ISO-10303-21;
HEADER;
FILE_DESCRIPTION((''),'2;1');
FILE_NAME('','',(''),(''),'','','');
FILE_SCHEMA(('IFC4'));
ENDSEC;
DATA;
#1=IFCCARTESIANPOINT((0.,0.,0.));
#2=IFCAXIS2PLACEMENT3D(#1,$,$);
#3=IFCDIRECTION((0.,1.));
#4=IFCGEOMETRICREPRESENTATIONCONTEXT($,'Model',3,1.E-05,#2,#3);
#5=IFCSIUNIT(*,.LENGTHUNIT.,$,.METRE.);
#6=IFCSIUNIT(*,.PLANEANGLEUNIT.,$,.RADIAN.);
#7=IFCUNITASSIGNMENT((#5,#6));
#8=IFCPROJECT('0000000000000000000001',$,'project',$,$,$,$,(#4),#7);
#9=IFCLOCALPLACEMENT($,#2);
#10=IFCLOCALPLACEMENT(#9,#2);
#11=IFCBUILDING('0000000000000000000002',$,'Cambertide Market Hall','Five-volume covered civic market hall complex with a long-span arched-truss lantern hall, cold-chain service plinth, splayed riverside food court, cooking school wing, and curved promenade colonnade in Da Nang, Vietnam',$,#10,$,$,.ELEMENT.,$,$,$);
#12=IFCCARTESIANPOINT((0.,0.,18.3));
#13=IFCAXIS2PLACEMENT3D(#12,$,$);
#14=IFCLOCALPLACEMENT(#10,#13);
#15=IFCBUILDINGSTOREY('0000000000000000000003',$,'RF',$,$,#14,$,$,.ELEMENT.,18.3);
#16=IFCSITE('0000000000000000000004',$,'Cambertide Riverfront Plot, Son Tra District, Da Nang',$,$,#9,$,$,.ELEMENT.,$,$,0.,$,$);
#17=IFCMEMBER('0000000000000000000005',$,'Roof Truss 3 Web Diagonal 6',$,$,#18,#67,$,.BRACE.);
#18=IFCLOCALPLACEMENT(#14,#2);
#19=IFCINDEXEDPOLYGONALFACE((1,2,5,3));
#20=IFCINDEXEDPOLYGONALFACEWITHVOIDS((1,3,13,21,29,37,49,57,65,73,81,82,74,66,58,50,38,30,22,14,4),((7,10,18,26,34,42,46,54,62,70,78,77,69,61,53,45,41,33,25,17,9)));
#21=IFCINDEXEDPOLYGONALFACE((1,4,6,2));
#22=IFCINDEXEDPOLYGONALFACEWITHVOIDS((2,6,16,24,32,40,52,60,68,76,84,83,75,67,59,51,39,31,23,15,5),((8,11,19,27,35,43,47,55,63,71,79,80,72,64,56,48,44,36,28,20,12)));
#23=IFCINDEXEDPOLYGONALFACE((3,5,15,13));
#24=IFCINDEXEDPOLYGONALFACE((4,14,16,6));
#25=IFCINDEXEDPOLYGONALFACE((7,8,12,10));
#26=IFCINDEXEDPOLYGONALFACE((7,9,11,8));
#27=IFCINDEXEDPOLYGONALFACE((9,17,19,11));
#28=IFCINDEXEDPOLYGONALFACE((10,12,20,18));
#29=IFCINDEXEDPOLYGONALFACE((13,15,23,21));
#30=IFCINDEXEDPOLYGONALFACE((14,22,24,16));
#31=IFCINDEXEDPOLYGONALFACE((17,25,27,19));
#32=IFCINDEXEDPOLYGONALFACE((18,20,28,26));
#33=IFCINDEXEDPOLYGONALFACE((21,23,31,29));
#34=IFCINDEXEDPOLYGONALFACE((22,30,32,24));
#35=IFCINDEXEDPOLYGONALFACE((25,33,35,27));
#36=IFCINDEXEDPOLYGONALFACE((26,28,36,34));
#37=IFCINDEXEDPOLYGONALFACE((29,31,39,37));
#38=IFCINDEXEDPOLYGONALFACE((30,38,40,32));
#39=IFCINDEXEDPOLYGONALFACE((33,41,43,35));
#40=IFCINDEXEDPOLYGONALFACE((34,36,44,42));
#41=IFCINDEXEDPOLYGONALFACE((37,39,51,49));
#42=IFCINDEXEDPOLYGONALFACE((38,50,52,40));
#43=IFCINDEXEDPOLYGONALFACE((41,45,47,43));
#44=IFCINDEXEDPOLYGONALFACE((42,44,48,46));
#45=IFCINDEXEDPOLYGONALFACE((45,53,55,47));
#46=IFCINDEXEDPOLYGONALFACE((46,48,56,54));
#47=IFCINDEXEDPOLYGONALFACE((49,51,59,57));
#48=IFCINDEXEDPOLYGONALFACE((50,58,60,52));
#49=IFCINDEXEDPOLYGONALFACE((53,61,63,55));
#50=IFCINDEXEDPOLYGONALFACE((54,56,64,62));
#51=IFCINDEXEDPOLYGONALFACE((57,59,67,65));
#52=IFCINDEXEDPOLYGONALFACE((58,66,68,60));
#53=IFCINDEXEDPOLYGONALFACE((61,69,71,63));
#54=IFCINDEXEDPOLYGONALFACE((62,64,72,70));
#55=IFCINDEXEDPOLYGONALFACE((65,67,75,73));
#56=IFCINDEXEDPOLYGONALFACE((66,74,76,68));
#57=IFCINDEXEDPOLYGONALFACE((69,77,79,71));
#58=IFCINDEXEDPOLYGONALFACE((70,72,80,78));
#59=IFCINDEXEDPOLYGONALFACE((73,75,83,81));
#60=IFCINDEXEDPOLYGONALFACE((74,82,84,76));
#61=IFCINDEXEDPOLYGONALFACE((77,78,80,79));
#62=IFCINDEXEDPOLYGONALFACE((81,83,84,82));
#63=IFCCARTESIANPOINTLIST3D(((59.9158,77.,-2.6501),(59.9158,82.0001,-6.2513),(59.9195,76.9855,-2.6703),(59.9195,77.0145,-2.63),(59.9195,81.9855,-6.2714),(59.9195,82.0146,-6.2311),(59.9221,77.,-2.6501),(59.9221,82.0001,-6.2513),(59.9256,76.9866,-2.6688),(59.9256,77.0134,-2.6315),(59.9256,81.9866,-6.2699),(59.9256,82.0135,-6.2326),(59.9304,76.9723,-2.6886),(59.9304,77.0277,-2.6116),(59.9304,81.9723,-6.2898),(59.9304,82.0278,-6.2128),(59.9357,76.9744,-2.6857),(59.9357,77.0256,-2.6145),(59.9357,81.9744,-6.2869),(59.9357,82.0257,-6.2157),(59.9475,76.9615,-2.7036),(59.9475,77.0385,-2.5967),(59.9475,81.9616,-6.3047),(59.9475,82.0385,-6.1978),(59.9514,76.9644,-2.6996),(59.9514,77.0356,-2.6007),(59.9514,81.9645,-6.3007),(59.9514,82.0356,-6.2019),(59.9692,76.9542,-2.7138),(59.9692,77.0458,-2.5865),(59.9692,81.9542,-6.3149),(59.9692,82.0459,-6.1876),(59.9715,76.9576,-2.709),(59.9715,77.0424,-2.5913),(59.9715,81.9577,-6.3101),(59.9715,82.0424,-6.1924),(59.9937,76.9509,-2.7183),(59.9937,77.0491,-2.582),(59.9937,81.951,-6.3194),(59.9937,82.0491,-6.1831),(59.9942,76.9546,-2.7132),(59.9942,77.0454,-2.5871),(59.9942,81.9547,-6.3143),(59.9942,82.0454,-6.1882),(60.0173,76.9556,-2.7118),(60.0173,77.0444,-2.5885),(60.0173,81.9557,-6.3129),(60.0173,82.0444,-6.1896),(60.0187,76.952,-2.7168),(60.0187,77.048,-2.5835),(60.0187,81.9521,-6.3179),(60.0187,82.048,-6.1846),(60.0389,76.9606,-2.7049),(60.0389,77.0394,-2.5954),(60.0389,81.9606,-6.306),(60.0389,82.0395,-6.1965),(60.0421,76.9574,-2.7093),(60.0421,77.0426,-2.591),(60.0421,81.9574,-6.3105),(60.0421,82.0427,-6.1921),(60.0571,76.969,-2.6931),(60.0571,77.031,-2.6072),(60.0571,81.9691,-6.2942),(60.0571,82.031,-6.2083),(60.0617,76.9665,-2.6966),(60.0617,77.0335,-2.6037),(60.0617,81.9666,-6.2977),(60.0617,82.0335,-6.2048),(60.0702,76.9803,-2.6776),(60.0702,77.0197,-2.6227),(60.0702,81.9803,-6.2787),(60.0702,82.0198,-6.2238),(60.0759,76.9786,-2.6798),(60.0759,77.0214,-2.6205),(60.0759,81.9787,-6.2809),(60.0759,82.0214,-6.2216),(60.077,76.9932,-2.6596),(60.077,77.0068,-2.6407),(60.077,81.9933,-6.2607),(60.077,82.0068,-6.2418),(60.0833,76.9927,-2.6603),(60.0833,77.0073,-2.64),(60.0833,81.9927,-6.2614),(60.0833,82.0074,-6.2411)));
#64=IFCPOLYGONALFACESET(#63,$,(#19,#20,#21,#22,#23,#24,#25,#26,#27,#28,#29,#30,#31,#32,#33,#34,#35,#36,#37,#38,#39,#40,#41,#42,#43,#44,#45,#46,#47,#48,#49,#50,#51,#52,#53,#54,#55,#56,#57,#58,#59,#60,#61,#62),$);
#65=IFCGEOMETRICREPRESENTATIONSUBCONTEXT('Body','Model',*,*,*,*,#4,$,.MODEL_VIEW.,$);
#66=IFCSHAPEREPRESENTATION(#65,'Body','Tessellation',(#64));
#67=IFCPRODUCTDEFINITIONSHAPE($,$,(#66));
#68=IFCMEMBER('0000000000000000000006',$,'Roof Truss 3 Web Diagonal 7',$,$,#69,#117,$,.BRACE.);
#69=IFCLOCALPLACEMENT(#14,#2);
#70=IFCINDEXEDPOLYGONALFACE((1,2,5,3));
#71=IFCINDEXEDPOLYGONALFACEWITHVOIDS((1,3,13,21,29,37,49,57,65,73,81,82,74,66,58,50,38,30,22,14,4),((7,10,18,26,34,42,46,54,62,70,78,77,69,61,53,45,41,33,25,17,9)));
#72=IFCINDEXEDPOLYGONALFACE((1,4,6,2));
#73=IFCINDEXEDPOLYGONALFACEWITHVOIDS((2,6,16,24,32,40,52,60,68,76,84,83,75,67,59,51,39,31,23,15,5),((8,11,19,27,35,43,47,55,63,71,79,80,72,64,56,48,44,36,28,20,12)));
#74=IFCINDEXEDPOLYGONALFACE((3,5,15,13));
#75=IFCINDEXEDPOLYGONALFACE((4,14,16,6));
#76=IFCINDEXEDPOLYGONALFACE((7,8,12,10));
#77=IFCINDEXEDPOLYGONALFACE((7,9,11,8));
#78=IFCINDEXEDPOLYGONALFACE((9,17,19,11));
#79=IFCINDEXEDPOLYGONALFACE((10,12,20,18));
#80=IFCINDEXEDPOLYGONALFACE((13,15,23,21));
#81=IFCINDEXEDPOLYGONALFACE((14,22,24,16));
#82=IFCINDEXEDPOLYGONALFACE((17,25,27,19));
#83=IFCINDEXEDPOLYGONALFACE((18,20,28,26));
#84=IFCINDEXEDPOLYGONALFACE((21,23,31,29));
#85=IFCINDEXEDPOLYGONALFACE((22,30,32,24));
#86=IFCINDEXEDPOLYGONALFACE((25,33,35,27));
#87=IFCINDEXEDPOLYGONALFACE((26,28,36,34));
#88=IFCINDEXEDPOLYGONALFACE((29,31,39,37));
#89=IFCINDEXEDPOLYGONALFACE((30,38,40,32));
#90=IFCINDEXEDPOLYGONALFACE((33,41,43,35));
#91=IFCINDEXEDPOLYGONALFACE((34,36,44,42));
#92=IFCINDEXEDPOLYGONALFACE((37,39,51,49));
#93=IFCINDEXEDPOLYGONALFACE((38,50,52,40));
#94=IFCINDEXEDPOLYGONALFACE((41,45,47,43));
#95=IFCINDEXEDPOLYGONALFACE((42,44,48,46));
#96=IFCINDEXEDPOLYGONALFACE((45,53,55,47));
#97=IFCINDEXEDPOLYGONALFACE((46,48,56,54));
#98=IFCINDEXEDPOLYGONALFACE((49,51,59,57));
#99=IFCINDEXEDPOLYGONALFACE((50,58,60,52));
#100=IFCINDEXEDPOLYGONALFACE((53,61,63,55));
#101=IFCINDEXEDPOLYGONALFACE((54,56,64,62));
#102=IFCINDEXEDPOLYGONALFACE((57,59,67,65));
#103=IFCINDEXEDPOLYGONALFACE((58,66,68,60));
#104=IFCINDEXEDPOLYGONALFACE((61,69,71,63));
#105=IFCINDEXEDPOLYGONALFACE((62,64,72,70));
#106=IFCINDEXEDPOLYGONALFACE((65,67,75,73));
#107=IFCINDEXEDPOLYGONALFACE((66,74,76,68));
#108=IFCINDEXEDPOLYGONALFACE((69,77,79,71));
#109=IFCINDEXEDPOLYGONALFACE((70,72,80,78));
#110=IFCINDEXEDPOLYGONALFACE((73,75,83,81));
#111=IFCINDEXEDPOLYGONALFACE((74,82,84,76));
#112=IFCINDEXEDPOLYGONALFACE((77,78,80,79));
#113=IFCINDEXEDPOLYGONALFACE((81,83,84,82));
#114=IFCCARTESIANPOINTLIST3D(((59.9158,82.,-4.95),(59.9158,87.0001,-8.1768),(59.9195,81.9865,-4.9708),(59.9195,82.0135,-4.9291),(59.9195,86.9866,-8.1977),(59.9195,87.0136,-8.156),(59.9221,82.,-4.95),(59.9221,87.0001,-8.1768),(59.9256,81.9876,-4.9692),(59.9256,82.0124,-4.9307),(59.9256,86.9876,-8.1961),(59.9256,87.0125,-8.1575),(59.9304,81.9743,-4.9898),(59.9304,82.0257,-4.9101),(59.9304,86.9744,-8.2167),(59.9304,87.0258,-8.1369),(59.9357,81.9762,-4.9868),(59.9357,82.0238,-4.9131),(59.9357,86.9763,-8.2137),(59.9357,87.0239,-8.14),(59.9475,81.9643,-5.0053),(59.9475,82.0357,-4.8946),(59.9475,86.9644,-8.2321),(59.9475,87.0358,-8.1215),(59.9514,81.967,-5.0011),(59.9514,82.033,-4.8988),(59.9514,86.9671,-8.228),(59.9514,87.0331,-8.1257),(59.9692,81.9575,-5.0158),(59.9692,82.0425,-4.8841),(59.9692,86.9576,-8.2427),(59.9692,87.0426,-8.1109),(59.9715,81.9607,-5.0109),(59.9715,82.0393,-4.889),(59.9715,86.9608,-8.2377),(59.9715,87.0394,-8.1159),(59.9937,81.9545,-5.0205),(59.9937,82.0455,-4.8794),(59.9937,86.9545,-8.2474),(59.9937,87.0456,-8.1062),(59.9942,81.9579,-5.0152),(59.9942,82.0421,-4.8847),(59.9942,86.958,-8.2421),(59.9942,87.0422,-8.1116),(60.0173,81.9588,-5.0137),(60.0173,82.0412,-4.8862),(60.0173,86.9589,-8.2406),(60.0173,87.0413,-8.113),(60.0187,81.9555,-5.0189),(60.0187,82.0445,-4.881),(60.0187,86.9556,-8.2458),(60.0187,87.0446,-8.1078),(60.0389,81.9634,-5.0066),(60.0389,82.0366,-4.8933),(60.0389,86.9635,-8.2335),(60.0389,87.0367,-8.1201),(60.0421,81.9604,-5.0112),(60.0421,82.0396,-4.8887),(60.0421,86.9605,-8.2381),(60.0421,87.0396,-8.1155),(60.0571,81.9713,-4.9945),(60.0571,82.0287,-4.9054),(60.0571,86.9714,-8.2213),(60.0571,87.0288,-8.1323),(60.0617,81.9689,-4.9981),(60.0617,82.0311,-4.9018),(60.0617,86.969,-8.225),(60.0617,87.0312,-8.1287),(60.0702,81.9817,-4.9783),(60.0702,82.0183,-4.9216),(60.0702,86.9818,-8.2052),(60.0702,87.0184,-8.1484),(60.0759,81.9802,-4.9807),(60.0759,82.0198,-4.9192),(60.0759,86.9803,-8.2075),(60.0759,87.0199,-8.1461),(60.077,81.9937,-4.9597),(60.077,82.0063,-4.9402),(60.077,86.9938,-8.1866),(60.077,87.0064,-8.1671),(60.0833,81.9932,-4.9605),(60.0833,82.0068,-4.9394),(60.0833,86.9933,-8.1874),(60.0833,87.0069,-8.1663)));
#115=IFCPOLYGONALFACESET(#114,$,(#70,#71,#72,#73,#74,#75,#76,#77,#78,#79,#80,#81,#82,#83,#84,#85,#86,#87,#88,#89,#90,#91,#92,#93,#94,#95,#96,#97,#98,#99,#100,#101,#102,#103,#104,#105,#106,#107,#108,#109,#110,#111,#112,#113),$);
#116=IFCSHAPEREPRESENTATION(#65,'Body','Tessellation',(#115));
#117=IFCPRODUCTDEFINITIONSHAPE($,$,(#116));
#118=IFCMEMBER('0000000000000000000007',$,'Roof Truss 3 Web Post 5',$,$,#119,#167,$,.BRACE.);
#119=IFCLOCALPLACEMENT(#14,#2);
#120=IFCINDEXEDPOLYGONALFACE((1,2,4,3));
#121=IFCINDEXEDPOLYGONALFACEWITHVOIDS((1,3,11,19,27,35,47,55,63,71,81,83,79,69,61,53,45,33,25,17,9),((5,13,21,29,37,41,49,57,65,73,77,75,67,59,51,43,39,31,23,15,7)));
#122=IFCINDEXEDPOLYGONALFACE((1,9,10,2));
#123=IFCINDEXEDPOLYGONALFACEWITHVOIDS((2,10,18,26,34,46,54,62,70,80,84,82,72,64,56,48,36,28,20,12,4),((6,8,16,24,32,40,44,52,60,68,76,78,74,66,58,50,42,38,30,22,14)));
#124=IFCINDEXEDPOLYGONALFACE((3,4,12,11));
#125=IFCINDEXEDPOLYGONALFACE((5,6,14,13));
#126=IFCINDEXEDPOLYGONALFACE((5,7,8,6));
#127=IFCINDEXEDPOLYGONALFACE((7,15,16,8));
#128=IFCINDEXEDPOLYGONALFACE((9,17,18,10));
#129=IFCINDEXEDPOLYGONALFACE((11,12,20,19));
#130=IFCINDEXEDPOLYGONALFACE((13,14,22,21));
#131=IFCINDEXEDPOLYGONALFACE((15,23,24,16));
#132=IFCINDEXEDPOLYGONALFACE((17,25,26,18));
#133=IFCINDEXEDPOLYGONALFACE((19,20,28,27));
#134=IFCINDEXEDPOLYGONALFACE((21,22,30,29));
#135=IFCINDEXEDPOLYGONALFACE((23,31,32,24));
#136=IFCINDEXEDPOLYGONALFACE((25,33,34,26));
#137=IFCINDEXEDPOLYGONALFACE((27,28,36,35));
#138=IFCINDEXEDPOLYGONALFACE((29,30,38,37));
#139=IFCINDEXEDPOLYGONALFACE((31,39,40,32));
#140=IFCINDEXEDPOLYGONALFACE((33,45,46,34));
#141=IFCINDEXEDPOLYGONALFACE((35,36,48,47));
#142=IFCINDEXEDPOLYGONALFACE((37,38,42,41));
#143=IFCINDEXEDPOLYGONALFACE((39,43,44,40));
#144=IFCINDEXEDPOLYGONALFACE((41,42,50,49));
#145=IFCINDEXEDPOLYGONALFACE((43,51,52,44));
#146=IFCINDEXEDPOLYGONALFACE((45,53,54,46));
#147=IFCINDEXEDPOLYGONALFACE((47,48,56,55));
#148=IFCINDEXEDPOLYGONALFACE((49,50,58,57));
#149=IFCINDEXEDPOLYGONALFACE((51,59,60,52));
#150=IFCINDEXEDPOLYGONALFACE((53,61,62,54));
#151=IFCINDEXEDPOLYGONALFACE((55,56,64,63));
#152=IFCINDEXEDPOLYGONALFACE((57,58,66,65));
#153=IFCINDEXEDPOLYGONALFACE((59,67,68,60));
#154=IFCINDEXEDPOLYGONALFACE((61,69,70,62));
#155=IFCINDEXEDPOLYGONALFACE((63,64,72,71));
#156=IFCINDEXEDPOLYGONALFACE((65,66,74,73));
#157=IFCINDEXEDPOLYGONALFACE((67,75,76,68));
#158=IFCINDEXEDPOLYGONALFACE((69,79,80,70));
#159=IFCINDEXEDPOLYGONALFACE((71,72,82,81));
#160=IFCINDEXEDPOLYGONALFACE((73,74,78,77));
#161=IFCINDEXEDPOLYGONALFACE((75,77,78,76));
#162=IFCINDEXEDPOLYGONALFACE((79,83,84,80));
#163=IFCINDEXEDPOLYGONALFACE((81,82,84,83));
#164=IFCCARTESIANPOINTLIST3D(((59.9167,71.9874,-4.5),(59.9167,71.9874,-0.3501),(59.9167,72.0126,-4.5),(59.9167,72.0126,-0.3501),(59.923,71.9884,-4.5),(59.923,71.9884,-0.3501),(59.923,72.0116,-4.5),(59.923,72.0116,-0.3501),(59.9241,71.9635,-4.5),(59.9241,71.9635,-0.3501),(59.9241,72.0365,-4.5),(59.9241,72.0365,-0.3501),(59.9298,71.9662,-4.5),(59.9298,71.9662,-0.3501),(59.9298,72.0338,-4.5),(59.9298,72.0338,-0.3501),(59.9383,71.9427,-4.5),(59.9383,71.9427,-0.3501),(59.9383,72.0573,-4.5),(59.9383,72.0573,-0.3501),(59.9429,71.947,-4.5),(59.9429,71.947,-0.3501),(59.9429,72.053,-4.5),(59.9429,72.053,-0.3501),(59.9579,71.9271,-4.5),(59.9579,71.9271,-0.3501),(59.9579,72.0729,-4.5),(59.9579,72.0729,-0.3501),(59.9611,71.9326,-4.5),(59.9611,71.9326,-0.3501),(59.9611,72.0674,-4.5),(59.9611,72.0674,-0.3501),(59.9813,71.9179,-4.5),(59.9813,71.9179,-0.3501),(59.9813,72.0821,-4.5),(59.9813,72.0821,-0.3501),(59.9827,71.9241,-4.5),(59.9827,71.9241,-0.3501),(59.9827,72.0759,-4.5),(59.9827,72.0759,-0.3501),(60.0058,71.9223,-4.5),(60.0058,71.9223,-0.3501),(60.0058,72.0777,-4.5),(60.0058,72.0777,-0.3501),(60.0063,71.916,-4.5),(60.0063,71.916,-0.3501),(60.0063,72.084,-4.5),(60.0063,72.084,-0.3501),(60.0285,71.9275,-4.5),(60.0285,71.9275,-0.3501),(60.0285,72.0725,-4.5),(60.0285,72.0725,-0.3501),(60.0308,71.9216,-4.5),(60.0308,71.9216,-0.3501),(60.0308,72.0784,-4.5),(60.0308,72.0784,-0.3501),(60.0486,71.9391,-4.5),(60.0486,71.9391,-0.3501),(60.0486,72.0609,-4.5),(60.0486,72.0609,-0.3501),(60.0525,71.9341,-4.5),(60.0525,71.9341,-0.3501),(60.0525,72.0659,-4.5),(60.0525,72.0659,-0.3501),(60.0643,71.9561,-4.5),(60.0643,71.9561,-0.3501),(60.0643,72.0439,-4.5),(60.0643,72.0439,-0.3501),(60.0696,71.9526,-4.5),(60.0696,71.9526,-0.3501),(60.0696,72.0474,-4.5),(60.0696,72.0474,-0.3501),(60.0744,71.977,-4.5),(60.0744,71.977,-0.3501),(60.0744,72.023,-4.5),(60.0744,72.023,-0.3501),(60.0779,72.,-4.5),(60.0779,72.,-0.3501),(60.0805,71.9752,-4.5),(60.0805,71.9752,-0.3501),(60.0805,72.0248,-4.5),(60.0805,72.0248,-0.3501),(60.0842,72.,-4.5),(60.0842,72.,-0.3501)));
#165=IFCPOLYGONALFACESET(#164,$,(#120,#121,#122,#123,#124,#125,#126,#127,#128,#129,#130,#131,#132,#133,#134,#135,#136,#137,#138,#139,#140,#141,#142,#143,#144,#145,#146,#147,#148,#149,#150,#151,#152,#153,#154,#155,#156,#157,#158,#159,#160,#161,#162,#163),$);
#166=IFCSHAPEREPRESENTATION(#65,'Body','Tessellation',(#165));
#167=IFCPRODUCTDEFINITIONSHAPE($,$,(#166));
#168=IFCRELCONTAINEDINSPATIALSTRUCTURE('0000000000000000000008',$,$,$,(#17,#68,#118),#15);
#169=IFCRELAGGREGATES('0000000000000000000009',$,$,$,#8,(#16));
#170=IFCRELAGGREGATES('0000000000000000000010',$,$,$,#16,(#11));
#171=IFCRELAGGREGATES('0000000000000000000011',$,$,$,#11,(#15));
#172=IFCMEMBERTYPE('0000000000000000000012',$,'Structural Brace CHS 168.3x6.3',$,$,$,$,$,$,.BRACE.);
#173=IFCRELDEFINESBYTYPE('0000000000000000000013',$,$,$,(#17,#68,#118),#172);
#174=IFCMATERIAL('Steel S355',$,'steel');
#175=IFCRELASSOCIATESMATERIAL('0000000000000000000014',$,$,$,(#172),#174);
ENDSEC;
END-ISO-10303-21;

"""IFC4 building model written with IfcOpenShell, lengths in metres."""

from ifc_helpers import new_model, si_unit, direction, frame, origin, origin_2d, place, context, subcontext, project, spatial, hollow_circle, extrude, material, material_profile, profile_set, type_object, element, save


model = new_model("IFC4")

# Units and contexts
model_context = context("Model", 3, precision=1e-05, world=origin(), true_north=direction((0.0, 1.0)))
body_context = subcontext(model_context, "Body", "Model", "MODEL_VIEW")
ifc_project = project(units=[si_unit("LENGTHUNIT", "METRE"), si_unit("PLANEANGLEUNIT", "RADIAN")], contexts=[model_context])

# Site, building, storey
site_placement = place(None, origin())
site = spatial("IfcSite", under=ifc_project, at=site_placement, Name="Cambertide Riverfront Plot, Son Tra District, Da Nang", CompositionType="ELEMENT", RefElevation=0.0)
building_placement = place(site_placement, origin())
building = spatial("IfcBuilding", under=site, at=building_placement, Name="Cambertide Market Hall", Description="Five-volume covered civic market hall complex with a long-span arched-truss lantern hall, cold-chain service plinth, splayed riverside food court, cooking school wing, and curved promenade colonnade in Da Nang, Vietnam", CompositionType="ELEMENT")
storey_placement = place(building_placement, frame((0.0, 0.0, 18.3)))
storey = spatial("IfcBuildingStorey", under=building, at=storey_placement, Name="RF", CompositionType="ELEMENT", Elevation=18.3)

# Members
ifc_material_1 = material(Name="Steel S355", Category="steel")
ifc_material_profile_1 = material_profile(ifc_material_1, hollow_circle(Radius=0.0842, WallThickness=0.0063, at=origin_2d()), Name="CHS 168.3x6.3")
ifc_profile_set_1 = profile_set([ifc_material_profile_1], Name="Steel S355")
member_type_1 = type_object("IfcMemberType", Name="Structural Brace CHS 168.3x6.3", PredefinedType="BRACE", material=ifc_profile_set_1)
member_1_placement = place(storey_placement, frame((60.0, 77.0, -2.6501), z_axis=(0.0, 0.811452, -0.58442), x_axis=(-1.0, 0.0, 0.0)))
element("IfcMember", 1, at=member_1_placement, inside=storey, type_object=member_type_1, Name="Roof Truss 3 Web Diagonal 6", PredefinedType="BRACE", context=body_context, shape_type="SweptSolid", body=[
    extrude(hollow_circle(Radius=0.0842, WallThickness=0.0063, at=origin_2d()), origin(), (0.0, 0.0, 1.0), 6.1619),
])
member_2_placement = place(storey_placement, frame((60.0, 82.0, -4.95), z_axis=(0.0, 0.84022, -0.542246), x_axis=(-1.0, 0.0, 0.0)))
element("IfcMember", 2, at=member_2_placement, inside=storey, type_object=member_type_1, Name="Roof Truss 3 Web Diagonal 7", PredefinedType="BRACE", context=body_context, shape_type="SweptSolid", body=[
    extrude(hollow_circle(Radius=0.0842, WallThickness=0.0063, at=origin_2d()), origin(), (0.0, 0.0, 1.0), 5.9509),
])
member_3_placement = place(storey_placement, frame((60.0, 72.0, -4.5), z_axis=(0.0, 0.0, 1.0), x_axis=(1.0, 0.0, 0.0)))
element("IfcMember", 3, at=member_3_placement, inside=storey, type_object=member_type_1, Name="Roof Truss 3 Web Post 5", PredefinedType="BRACE", context=body_context, shape_type="SweptSolid", body=[
    extrude(hollow_circle(Radius=0.0842, WallThickness=0.0063, at=origin_2d()), origin(), (0.0, 0.0, 1.0), 4.1499),
])

save(model, "model.ifc")
